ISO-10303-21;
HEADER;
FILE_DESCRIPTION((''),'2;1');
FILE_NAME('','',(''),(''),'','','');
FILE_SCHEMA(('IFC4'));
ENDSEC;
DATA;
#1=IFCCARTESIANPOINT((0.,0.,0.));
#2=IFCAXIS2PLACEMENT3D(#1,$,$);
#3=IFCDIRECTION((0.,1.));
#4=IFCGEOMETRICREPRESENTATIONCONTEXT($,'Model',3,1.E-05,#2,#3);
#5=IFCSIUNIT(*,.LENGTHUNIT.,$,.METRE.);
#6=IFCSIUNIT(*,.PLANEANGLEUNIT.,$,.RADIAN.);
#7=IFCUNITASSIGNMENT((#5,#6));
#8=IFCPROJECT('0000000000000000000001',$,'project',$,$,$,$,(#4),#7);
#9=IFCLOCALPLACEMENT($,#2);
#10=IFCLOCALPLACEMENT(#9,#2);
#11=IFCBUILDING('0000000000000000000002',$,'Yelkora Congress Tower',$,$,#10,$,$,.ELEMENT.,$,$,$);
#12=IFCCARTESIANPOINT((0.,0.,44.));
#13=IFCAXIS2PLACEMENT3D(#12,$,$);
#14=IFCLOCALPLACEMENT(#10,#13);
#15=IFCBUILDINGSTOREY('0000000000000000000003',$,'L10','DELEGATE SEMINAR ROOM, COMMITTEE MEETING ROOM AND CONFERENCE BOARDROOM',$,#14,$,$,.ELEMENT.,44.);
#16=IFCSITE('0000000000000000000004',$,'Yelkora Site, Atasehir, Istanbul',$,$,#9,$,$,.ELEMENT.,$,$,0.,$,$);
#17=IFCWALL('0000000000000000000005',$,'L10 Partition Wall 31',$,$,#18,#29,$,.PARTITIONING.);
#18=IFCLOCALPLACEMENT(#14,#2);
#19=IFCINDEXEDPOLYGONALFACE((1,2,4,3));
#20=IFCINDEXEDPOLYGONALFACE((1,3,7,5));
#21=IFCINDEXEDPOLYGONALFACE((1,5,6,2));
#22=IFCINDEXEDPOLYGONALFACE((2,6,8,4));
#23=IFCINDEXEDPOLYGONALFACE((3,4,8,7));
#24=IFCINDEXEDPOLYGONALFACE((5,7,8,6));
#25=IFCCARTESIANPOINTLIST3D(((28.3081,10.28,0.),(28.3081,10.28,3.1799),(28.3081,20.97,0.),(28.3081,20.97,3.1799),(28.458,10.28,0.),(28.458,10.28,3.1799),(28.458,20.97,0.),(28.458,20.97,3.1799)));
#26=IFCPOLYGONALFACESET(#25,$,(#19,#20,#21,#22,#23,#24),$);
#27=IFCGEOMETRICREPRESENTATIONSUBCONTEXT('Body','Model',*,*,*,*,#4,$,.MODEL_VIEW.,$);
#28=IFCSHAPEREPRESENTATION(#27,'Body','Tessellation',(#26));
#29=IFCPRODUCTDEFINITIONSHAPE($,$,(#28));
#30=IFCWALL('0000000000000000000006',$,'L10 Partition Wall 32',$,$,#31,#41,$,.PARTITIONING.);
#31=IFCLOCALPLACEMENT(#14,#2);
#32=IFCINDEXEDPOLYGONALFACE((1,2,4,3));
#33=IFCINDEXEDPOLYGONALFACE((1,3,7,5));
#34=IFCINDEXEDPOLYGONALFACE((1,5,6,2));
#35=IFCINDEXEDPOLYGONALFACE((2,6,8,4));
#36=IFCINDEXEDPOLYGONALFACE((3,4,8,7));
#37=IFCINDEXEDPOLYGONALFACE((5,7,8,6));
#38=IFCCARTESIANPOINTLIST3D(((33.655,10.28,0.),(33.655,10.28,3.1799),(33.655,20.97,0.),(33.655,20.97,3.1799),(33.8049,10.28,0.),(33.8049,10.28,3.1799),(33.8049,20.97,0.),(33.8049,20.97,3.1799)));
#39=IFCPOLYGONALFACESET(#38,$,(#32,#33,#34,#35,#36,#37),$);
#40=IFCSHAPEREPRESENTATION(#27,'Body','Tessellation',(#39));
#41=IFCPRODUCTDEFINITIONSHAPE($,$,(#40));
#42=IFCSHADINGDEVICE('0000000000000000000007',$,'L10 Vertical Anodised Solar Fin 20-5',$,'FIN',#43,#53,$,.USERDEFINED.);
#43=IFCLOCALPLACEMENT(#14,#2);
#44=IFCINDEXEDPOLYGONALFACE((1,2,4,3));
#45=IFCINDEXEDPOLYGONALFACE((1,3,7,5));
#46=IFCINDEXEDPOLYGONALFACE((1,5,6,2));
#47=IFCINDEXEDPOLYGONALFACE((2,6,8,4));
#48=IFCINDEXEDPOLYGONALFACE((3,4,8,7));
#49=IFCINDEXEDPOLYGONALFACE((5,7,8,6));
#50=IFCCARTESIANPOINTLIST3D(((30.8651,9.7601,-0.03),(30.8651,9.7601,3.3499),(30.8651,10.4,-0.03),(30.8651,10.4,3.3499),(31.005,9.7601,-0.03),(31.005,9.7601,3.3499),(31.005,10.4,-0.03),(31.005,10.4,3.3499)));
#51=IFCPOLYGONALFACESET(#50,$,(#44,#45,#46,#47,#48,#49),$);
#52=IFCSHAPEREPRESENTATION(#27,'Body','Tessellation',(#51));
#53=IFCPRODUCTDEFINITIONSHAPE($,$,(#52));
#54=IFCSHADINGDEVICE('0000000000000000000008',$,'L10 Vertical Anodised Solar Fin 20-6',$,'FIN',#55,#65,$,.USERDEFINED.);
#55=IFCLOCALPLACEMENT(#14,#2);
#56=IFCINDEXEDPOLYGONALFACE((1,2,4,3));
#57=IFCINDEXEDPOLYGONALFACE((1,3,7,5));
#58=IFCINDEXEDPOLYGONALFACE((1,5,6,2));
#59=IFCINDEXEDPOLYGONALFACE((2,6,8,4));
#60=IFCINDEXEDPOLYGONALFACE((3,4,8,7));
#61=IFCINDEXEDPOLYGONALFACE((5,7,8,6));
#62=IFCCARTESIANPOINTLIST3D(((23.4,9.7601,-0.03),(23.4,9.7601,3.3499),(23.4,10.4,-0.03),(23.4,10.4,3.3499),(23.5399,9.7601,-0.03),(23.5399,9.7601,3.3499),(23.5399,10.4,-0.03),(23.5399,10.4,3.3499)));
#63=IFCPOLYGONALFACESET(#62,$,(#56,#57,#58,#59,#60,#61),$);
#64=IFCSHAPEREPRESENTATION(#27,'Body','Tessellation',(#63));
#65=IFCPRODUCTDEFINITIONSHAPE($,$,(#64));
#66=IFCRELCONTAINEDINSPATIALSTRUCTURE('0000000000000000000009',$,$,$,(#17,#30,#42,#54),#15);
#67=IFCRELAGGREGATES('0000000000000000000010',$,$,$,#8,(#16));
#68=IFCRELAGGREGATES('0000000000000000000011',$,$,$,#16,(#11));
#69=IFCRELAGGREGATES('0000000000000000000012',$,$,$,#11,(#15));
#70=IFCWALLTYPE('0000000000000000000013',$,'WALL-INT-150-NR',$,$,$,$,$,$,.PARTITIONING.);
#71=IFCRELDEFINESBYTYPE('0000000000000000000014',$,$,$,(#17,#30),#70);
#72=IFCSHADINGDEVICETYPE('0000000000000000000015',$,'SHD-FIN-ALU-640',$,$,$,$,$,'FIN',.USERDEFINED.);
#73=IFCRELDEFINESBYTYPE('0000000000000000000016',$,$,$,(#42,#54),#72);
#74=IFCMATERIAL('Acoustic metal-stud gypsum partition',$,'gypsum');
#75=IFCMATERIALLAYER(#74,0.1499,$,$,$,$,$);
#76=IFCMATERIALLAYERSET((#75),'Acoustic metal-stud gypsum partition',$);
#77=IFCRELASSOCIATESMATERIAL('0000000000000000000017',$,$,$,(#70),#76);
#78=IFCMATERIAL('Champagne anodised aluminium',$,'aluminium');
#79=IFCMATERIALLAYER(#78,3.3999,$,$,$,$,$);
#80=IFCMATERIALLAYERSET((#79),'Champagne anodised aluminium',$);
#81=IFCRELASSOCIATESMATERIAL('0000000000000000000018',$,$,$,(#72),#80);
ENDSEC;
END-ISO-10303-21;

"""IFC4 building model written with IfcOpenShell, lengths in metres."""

from ifc_helpers import new_model, si_unit, direction, frame, frame_2d, origin, origin_2d, place, context, subcontext, project, spatial, rectangle, extrude, material, layer, layer_set, type_object, element, save


model = new_model("IFC4")

# Units and contexts
model_context = context("Model", 3, precision=1e-05, world=origin(), true_north=direction((0.0, 1.0)))
body_context = subcontext(model_context, "Body", "Model", "MODEL_VIEW")
ifc_project = project(units=[si_unit("LENGTHUNIT", "METRE"), si_unit("PLANEANGLEUNIT", "RADIAN")], contexts=[model_context])

# Site, building, storey
site_placement = place(None, origin())
site = spatial("IfcSite", under=ifc_project, at=site_placement, Name="Yelkora Site, Atasehir, Istanbul", CompositionType="ELEMENT", RefElevation=0.0)
building_placement = place(site_placement, origin())
building = spatial("IfcBuilding", under=site, at=building_placement, Name="Yelkora Congress Tower", CompositionType="ELEMENT")
storey_placement = place(building_placement, frame((0.0, 0.0, 44.0)))
storey = spatial("IfcBuildingStorey", under=building, at=storey_placement, Name="L10", Description="DELEGATE SEMINAR ROOM, COMMITTEE MEETING ROOM AND CONFERENCE BOARDROOM", CompositionType="ELEMENT", Elevation=44.0)

# Walls
ifc_material_1 = material(Name="Acoustic metal-stud gypsum partition", Category="gypsum")
ifc_layer_1 = layer(ifc_material_1, 0.1499)
ifc_layer_set_1 = layer_set([ifc_layer_1], Name="Acoustic metal-stud gypsum partition")
wall_type = type_object("IfcWallType", Name="WALL-INT-150-NR", PredefinedType="PARTITIONING", material=ifc_layer_set_1)
for number, where, z_axis, x_axis, name in (
    (1, (28.3831, 10.28, 0.0), (0.0, 0.0, 1.0), (0.0, 1.0, 0.0), "L10 Partition Wall 31"),
    (2, (33.73, 10.28, 0.0), (0.0, 0.0, 1.0), (0.0, 1.0, 0.0), "L10 Partition Wall 32"),
):
    element("IfcWall", number, at=place(storey_placement, frame(where, z_axis=z_axis, x_axis=x_axis)), inside=storey, type_object=wall_type, Name=name, PredefinedType="PARTITIONING", context=body_context, shape_type="SweptSolid", body=[
        extrude(rectangle(XDim=10.6899, YDim=0.1499, at=frame_2d((5.345, 0.0))), origin(), (0.0, 0.0, 1.0), 3.1799),
    ])

# Shading devices
ifc_material_2 = material(Name="Champagne anodised aluminium", Category="aluminium")
ifc_layer_2 = layer(ifc_material_2, 3.3999)
ifc_layer_set_2 = layer_set([ifc_layer_2], Name="Champagne anodised aluminium")
shading_device_type = type_object("IfcShadingDeviceType", Name="SHD-FIN-ALU-640", ElementType="FIN", PredefinedType="USERDEFINED", material=ifc_layer_set_2)
for number, where, z_axis, x_axis, name in (
    (3, (30.9351, 10.0801, -0.03), (0.0, 0.0, 1.0), (-1.0, 0.0, 0.0), "L10 Vertical Anodised Solar Fin 20-5"),
    (4, (23.47, 10.0801, -0.03), (0.0, 0.0, 1.0), (-1.0, 0.0, 0.0), "L10 Vertical Anodised Solar Fin 20-6"),
):
    element("IfcShadingDevice", number, at=place(storey_placement, frame(where, z_axis=z_axis, x_axis=x_axis)), inside=storey, type_object=shading_device_type, Name=name, ObjectType="FIN", PredefinedType="USERDEFINED", context=body_context, shape_type="SweptSolid", body=[
        extrude(rectangle(XDim=0.1399, YDim=0.6399, at=origin_2d()), origin(), (0.0, 0.0, 1.0), 3.3799),
    ])

save(model, "model.ifc")
